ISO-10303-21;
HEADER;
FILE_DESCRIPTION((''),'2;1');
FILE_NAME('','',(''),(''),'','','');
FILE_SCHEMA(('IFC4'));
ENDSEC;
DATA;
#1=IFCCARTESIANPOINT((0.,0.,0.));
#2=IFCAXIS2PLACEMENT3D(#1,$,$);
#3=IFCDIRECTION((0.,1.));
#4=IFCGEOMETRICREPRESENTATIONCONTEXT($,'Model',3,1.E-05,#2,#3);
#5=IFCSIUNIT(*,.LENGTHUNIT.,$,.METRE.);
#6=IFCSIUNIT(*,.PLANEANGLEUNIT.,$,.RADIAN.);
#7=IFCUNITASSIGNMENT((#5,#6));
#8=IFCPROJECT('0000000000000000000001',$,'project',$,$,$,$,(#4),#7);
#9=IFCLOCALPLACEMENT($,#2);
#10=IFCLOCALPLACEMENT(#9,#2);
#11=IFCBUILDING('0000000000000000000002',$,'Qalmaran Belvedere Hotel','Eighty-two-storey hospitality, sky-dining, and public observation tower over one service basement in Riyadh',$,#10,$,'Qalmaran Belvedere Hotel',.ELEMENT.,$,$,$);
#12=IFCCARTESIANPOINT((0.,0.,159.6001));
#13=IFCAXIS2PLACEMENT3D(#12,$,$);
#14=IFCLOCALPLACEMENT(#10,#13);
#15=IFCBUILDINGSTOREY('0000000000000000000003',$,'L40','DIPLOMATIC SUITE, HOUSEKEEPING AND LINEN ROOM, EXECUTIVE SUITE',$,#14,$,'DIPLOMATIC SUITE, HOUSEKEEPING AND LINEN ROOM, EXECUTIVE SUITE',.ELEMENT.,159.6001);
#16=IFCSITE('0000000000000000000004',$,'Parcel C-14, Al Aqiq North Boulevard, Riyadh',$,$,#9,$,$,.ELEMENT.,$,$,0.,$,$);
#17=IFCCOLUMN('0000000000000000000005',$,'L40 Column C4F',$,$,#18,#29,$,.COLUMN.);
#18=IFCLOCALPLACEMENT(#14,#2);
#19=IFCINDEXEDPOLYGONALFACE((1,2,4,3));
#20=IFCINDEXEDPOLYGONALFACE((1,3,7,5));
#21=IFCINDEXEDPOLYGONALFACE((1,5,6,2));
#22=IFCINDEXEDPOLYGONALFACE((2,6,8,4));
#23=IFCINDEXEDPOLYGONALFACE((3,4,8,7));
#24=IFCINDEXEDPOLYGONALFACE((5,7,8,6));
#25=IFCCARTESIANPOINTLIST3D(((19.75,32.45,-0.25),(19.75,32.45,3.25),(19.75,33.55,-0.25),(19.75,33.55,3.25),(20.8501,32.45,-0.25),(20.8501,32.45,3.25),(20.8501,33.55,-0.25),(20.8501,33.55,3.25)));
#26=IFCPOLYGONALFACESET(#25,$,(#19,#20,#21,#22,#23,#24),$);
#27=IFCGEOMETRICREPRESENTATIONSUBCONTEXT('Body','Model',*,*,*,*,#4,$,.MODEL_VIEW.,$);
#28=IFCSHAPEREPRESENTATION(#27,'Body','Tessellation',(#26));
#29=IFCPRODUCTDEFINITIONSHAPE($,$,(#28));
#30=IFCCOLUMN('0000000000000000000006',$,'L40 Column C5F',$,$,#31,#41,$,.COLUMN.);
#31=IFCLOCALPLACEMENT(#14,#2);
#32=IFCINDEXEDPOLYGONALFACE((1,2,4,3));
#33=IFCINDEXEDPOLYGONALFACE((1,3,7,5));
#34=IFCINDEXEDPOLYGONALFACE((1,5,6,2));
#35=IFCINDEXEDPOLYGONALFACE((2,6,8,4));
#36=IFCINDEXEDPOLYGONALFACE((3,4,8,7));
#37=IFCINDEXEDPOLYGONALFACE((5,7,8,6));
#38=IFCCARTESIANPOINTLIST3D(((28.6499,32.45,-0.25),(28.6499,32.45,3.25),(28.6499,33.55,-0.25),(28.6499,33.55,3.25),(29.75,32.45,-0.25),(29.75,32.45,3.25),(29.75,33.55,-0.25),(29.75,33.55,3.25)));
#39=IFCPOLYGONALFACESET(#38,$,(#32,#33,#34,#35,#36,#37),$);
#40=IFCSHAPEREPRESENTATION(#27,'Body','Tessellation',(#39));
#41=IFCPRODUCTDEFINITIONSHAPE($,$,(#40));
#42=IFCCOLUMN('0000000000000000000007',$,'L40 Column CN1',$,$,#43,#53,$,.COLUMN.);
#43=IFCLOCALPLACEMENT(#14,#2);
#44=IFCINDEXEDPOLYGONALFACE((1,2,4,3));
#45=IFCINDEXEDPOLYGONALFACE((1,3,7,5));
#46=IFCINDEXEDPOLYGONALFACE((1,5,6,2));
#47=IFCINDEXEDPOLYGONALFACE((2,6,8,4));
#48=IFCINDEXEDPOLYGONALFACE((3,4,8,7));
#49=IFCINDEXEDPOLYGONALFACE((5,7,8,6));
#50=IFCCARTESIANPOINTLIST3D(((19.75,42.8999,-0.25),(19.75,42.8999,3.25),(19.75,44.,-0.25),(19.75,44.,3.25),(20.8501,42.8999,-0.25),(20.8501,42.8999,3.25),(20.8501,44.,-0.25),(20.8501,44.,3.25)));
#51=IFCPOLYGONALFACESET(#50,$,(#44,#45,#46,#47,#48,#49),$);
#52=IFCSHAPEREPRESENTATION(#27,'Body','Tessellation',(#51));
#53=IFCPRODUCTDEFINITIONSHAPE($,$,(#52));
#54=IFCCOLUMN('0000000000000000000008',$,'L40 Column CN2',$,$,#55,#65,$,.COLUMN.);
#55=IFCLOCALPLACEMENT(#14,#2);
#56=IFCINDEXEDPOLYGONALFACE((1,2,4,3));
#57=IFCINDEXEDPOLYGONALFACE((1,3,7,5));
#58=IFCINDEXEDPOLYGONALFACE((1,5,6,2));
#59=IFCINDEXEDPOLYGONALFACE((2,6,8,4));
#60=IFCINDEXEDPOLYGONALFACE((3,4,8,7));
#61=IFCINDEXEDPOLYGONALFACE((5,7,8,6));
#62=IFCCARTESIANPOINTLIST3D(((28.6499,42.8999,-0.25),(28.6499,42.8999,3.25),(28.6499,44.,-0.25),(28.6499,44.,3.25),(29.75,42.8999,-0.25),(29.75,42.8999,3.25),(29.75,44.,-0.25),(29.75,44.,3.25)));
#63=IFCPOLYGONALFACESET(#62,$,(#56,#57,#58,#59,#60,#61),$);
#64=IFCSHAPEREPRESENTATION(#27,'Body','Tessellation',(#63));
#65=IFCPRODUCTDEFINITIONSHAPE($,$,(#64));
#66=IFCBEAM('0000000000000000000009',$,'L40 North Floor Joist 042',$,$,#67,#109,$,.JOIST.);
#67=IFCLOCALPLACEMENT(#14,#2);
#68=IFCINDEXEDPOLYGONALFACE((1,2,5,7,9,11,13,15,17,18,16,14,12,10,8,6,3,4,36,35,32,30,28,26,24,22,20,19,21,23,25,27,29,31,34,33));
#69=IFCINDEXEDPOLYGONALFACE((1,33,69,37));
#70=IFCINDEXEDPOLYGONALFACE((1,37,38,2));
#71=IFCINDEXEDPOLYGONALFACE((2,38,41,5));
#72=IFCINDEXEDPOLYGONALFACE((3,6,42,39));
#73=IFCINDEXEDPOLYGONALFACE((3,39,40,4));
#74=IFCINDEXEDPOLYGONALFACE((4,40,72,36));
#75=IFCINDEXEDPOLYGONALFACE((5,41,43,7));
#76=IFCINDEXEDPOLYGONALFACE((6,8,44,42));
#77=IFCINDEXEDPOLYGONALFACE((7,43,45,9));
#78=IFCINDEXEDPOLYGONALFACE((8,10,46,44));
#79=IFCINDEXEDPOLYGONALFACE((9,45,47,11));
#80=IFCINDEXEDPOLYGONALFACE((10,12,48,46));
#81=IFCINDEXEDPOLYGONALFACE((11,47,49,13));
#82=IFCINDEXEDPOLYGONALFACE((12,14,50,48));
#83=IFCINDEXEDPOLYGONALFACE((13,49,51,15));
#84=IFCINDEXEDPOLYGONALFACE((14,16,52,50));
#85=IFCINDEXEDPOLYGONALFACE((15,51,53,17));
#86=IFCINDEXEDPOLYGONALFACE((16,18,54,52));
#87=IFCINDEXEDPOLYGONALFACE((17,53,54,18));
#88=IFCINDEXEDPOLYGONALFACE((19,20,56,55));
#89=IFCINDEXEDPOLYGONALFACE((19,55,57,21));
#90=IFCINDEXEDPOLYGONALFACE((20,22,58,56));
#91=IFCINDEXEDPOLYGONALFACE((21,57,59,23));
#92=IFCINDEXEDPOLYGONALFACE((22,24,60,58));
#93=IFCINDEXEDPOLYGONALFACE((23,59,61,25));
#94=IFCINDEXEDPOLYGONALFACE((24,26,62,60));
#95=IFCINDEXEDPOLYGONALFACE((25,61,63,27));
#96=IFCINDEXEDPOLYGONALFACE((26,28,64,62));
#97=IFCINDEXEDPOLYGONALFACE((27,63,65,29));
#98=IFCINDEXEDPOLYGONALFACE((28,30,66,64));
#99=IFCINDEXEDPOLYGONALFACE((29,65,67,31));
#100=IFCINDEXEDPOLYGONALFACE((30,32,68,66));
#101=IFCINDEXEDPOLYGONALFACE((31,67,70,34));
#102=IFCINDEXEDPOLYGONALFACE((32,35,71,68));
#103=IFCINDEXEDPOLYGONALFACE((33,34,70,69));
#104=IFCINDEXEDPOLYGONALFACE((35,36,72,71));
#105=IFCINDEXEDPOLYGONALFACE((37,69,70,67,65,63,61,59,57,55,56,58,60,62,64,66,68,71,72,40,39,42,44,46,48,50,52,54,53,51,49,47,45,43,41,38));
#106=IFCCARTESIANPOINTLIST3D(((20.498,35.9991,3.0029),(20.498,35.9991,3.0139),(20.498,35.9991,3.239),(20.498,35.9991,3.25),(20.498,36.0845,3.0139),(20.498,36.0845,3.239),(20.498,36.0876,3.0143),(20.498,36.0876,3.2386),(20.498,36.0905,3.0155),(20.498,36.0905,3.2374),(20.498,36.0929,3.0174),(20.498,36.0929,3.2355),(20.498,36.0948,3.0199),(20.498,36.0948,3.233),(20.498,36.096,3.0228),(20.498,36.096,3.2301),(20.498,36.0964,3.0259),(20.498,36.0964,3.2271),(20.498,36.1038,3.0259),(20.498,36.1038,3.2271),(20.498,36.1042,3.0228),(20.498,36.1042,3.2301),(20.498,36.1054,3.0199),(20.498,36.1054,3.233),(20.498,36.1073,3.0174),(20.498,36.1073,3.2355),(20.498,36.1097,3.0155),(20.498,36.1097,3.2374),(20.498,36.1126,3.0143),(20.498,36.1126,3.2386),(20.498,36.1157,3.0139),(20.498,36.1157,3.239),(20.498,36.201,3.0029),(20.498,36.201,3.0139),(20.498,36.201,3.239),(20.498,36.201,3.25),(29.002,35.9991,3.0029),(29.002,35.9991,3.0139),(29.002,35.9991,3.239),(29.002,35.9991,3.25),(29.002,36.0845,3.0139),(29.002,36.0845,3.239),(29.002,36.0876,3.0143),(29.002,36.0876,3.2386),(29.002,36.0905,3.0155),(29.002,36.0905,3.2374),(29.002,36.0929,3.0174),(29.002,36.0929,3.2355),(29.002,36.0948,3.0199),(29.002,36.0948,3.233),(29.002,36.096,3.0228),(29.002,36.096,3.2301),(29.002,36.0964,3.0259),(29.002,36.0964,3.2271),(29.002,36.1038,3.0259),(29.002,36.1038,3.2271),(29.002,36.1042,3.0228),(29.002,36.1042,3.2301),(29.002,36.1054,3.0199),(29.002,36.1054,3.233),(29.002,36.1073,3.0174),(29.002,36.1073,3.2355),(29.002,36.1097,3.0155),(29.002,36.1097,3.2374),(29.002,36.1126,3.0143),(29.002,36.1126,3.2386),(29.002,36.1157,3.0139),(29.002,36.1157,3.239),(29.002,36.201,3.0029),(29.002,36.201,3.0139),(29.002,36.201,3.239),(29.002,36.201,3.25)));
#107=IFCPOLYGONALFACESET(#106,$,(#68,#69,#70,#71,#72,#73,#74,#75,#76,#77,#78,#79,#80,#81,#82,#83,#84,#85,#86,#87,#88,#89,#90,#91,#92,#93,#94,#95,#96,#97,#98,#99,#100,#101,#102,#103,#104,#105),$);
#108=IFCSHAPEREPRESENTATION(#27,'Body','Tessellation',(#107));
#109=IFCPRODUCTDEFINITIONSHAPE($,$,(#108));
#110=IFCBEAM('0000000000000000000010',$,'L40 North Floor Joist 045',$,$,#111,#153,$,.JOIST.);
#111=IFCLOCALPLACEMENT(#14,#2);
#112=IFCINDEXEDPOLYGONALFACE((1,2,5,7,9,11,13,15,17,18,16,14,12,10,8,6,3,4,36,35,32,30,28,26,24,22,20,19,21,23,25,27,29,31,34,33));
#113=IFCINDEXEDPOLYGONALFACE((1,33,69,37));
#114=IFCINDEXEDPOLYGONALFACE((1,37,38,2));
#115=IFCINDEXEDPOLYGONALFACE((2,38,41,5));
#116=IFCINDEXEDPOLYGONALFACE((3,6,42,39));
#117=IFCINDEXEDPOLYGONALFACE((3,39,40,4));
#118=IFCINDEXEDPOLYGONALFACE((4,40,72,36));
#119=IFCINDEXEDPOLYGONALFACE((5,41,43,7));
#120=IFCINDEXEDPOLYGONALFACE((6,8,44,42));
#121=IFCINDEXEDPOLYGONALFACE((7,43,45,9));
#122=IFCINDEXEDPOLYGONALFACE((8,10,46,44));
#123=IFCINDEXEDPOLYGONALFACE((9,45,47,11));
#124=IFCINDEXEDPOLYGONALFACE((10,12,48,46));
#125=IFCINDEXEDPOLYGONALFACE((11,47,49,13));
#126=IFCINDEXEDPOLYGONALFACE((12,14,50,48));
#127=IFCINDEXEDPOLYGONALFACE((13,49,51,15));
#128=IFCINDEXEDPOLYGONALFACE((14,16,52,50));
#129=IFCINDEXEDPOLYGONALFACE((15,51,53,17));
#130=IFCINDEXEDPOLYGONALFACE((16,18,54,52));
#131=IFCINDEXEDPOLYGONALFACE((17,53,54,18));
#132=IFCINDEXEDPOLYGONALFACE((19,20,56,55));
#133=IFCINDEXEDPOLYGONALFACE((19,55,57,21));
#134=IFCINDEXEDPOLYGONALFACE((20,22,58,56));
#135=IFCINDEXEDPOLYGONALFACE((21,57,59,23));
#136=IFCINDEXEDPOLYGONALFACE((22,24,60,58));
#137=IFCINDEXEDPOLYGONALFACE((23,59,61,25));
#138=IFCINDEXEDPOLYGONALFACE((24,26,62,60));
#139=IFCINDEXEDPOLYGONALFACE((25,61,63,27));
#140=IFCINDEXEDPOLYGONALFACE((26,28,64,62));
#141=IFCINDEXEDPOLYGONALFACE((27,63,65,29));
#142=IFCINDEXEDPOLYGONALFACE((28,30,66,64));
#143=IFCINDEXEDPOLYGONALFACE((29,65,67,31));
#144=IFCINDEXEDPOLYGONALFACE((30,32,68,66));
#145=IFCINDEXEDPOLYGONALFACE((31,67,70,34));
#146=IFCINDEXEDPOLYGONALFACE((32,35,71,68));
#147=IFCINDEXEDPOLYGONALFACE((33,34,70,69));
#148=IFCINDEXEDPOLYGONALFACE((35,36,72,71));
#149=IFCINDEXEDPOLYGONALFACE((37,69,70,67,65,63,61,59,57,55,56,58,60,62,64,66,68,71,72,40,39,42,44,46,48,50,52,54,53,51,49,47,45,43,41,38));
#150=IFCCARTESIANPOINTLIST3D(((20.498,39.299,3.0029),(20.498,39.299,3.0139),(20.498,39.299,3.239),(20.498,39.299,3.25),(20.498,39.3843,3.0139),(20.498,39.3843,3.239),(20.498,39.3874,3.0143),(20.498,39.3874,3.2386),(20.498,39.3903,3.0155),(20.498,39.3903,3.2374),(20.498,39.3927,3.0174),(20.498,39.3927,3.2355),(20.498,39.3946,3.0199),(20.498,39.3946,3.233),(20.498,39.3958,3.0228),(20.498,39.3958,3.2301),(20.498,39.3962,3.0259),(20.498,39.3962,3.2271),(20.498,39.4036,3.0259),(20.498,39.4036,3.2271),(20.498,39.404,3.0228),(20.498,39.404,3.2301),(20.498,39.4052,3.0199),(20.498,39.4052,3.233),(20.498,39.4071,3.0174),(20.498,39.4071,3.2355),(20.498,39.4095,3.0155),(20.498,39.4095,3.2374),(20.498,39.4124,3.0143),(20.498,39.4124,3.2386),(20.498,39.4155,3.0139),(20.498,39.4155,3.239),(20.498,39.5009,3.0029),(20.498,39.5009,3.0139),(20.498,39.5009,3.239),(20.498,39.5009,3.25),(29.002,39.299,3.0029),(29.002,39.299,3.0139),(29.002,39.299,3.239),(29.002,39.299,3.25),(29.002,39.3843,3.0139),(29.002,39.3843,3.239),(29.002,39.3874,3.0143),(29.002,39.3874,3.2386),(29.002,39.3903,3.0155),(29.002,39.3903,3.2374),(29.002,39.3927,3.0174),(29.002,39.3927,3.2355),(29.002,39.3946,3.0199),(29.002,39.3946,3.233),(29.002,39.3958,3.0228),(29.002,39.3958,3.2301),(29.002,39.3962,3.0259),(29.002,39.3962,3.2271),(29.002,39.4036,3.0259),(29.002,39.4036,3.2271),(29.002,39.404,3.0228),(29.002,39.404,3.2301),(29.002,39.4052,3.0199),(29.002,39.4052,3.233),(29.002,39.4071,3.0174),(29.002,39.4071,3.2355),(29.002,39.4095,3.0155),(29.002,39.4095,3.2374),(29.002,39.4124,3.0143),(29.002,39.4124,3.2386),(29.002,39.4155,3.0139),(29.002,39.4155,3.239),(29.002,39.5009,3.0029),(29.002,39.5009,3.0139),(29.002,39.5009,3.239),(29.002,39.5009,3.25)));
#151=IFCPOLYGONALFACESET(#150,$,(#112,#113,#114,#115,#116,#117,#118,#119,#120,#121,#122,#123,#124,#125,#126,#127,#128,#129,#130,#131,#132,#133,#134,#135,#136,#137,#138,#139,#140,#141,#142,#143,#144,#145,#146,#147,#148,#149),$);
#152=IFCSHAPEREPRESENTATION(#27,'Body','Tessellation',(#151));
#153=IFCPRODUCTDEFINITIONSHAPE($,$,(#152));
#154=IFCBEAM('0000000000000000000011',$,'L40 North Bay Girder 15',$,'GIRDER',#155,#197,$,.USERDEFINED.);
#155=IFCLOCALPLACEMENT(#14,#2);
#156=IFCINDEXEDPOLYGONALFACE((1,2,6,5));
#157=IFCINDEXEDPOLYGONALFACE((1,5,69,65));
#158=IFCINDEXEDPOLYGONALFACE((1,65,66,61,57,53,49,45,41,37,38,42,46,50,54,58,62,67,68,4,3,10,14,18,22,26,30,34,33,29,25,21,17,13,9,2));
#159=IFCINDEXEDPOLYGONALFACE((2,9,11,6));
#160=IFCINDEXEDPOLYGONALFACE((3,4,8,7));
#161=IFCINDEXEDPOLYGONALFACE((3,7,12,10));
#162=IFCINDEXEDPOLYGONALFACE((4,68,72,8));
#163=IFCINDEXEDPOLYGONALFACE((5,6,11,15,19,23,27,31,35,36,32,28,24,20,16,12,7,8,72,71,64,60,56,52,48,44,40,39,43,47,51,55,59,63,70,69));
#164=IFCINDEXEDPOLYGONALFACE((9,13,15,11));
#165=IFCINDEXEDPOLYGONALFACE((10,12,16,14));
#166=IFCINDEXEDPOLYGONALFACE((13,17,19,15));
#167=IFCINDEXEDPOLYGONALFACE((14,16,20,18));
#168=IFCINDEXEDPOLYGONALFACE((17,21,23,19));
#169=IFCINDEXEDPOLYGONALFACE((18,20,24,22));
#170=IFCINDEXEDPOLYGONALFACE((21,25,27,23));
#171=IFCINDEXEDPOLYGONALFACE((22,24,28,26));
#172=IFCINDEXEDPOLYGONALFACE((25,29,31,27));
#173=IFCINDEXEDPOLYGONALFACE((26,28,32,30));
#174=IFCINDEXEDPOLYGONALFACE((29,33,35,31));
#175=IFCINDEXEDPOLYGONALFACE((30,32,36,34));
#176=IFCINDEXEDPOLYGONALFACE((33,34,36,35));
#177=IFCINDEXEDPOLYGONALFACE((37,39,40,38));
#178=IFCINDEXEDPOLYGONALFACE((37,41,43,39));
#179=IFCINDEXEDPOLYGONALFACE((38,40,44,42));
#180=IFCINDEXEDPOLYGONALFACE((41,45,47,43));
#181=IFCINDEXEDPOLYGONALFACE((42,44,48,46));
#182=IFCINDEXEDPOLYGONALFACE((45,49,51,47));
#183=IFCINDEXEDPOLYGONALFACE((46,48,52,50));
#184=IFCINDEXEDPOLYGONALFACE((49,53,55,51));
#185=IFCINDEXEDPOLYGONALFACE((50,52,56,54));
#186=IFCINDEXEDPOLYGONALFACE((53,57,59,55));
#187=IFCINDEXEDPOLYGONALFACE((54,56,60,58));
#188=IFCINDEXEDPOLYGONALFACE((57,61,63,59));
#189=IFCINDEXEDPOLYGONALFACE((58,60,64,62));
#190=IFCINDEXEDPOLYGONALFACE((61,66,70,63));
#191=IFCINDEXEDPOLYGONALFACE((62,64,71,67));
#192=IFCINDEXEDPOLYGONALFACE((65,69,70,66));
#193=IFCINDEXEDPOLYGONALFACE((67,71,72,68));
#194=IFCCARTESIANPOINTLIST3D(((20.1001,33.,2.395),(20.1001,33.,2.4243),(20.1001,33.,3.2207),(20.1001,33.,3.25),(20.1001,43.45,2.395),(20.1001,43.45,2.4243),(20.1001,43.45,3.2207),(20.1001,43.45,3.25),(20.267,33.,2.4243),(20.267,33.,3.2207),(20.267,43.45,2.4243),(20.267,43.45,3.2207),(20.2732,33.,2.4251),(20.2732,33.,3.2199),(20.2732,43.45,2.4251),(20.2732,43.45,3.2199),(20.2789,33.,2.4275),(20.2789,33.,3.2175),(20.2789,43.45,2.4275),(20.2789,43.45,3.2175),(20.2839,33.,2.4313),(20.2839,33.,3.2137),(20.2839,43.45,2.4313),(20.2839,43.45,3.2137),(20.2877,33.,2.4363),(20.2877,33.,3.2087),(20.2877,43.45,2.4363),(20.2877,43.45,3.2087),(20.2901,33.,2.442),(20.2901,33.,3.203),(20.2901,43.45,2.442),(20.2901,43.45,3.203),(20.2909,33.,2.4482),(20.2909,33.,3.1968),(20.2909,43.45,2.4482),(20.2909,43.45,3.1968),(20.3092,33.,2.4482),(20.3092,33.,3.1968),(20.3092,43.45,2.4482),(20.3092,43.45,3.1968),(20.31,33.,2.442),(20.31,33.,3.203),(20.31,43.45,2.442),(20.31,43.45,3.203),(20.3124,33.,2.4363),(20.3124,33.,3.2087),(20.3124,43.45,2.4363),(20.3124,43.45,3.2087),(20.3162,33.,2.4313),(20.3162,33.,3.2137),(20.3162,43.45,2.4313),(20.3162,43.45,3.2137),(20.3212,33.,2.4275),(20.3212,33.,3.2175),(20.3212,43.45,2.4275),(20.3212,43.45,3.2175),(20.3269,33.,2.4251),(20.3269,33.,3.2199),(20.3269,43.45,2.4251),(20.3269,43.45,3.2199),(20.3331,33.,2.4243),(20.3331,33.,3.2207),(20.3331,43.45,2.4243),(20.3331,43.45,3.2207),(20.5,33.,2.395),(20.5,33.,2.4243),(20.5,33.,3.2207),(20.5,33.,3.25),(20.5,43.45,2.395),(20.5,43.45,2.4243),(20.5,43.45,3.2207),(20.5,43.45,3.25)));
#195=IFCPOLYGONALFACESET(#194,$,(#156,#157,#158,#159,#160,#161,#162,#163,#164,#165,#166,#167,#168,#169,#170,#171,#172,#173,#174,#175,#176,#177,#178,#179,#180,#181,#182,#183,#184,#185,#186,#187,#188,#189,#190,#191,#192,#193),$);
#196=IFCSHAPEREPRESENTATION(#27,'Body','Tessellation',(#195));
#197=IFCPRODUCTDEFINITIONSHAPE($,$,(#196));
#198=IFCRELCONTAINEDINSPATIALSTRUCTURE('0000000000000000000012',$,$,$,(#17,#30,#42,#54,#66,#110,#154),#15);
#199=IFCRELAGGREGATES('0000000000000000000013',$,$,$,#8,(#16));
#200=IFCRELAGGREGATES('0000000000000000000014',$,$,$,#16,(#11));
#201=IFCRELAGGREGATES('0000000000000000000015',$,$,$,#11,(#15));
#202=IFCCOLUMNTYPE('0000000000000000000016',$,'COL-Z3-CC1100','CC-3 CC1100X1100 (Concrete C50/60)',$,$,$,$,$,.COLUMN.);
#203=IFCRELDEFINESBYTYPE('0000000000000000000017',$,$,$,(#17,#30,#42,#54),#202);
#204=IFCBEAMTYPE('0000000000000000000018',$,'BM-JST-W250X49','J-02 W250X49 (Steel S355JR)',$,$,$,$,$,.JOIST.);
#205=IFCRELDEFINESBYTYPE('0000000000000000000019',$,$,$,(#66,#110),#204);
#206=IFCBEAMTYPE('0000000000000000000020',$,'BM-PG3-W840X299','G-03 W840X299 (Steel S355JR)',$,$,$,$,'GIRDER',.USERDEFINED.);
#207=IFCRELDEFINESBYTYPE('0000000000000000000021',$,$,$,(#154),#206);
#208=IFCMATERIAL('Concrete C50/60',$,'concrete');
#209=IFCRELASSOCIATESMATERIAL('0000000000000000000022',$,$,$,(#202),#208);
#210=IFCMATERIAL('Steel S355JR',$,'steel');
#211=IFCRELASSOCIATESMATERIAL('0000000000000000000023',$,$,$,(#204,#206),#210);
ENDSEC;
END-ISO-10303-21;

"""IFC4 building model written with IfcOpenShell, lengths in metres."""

from ifc_helpers import new_model, si_unit, direction, frame, origin, origin_2d, place, context, subcontext, project, spatial, rectangle, i_section, extrude, material, material_profile, profile_set, type_object, element, save


model = new_model("IFC4")

# Units and contexts
model_context = context("Model", 3, precision=1e-05, world=origin(), true_north=direction((0.0, 1.0)))
body_context = subcontext(model_context, "Body", "Model", "MODEL_VIEW")
ifc_project = project(units=[si_unit("LENGTHUNIT", "METRE"), si_unit("PLANEANGLEUNIT", "RADIAN")], contexts=[model_context])

# Site, building, storey
site_placement = place(None, origin())
site = spatial("IfcSite", under=ifc_project, at=site_placement, Name="Parcel C-14, Al Aqiq North Boulevard, Riyadh", CompositionType="ELEMENT", RefElevation=0.0)
building_placement = place(site_placement, origin())
building = spatial("IfcBuilding", under=site, at=building_placement, Name="Qalmaran Belvedere Hotel", Description="Eighty-two-storey hospitality, sky-dining, and public observation tower over one service basement in Riyadh", LongName="Qalmaran Belvedere Hotel", CompositionType="ELEMENT")
storey_placement = place(building_placement, frame((0.0, 0.0, 159.6001)))
storey = spatial("IfcBuildingStorey", under=building, at=storey_placement, Name="L40", Description="DIPLOMATIC SUITE, HOUSEKEEPING AND LINEN ROOM, EXECUTIVE SUITE", LongName="DIPLOMATIC SUITE, HOUSEKEEPING AND LINEN ROOM, EXECUTIVE SUITE", CompositionType="ELEMENT", Elevation=159.6001)

# Columns
ifc_material_1 = material(Name="Concrete C50/60", Category="concrete")
ifc_material_profile_1 = material_profile(ifc_material_1, rectangle(XDim=1.1001, YDim=1.1001, at=origin_2d()), Name="CC1100X1100")
ifc_profile_set_1 = profile_set([ifc_material_profile_1], Name="Concrete C50/60")
column_type = type_object("IfcColumnType", Name="COL-Z3-CC1100", Description="CC-3 CC1100X1100 (Concrete C50/60)", PredefinedType="COLUMN", material=ifc_profile_set_1)
for number, where, z_axis, x_axis, name in (
    (1, (20.3, 33.0, -0.25), (0.0, 0.0, 1.0), (1.0, 0.0, 0.0), "L40 Column C4F"),
    (2, (29.2, 33.0, -0.25), (0.0, 0.0, 1.0), (1.0, 0.0, 0.0), "L40 Column C5F"),
    (3, (20.3, 43.45, -0.25), (0.0, 0.0, 1.0), (1.0, 0.0, 0.0), "L40 Column CN1"),
    (4, (29.2, 43.45, -0.25), (0.0, 0.0, 1.0), (1.0, 0.0, 0.0), "L40 Column CN2"),
):
    element("IfcColumn", number, at=place(storey_placement, frame(where, z_axis=z_axis, x_axis=x_axis)), inside=storey, type_object=column_type, Name=name, PredefinedType="COLUMN", context=body_context, shape_type="SweptSolid", body=[
        extrude(rectangle(XDim=1.1001, YDim=1.1001, at=origin_2d()), origin(), (0.0, 0.0, 1.0), 3.5),
    ])

# Beams
ifc_material_2 = material(Name="Steel S355JR", Category="steel")
ifc_material_profile_2 = material_profile(ifc_material_2, i_section(OverallWidth=0.2019, OverallDepth=0.2471, WebThickness=0.0073, FlangeThickness=0.011, FilletRadius=0.012, at=origin_2d()), Name="W250X49")
ifc_profile_set_2 = profile_set([ifc_material_profile_2], Name="Steel S355JR")
beam_type_1 = type_object("IfcBeamType", Name="BM-JST-W250X49", Description="J-02 W250X49 (Steel S355JR)", PredefinedType="JOIST", material=ifc_profile_set_2)
for number, where, z_axis, x_axis, name in (
    (5, (20.498, 36.1001, 3.1265), (1.0, 0.0, 0.0), (0.0, 1.0, 0.0), "L40 North Floor Joist 042"),
    (6, (20.498, 39.3999, 3.1265), (1.0, 0.0, 0.0), (0.0, 1.0, 0.0), "L40 North Floor Joist 045"),
):
    element("IfcBeam", number, at=place(storey_placement, frame(where, z_axis=z_axis, x_axis=x_axis)), inside=storey, type_object=beam_type_1, Name=name, PredefinedType="JOIST", context=body_context, shape_type="SweptSolid", body=[
        extrude(i_section(OverallWidth=0.2019, OverallDepth=0.2471, WebThickness=0.0073, FlangeThickness=0.011, FilletRadius=0.012, at=origin_2d()), origin(), (0.0, 0.0, 1.0), 8.5039),
    ])
ifc_material_profile_3 = material_profile(ifc_material_2, i_section(OverallWidth=0.3999, OverallDepth=0.855, WebThickness=0.0183, FlangeThickness=0.0293, FilletRadius=0.0239, at=origin_2d()), Name="W840X299")
ifc_profile_set_3 = profile_set([ifc_material_profile_3], Name="Steel S355JR")
beam_type_2 = type_object("IfcBeamType", Name="BM-PG3-W840X299", Description="G-03 W840X299 (Steel S355JR)", ElementType="GIRDER", PredefinedType="USERDEFINED", material=ifc_profile_set_3)
beam_1_placement = place(storey_placement, frame((20.3, 33.0, 2.8225), z_axis=(0.0, 1.0, 0.0), x_axis=(-1.0, 0.0, 0.0)))
element("IfcBeam", 7, at=beam_1_placement, inside=storey, type_object=beam_type_2, Name="L40 North Bay Girder 15", ObjectType="GIRDER", PredefinedType="USERDEFINED", context=body_context, shape_type="SweptSolid", body=[
    extrude(i_section(OverallWidth=0.3999, OverallDepth=0.855, WebThickness=0.0183, FlangeThickness=0.0293, FilletRadius=0.0239, at=origin_2d()), origin(), (0.0, 0.0, 1.0), 10.45),
])

save(model, "model.ifc")
